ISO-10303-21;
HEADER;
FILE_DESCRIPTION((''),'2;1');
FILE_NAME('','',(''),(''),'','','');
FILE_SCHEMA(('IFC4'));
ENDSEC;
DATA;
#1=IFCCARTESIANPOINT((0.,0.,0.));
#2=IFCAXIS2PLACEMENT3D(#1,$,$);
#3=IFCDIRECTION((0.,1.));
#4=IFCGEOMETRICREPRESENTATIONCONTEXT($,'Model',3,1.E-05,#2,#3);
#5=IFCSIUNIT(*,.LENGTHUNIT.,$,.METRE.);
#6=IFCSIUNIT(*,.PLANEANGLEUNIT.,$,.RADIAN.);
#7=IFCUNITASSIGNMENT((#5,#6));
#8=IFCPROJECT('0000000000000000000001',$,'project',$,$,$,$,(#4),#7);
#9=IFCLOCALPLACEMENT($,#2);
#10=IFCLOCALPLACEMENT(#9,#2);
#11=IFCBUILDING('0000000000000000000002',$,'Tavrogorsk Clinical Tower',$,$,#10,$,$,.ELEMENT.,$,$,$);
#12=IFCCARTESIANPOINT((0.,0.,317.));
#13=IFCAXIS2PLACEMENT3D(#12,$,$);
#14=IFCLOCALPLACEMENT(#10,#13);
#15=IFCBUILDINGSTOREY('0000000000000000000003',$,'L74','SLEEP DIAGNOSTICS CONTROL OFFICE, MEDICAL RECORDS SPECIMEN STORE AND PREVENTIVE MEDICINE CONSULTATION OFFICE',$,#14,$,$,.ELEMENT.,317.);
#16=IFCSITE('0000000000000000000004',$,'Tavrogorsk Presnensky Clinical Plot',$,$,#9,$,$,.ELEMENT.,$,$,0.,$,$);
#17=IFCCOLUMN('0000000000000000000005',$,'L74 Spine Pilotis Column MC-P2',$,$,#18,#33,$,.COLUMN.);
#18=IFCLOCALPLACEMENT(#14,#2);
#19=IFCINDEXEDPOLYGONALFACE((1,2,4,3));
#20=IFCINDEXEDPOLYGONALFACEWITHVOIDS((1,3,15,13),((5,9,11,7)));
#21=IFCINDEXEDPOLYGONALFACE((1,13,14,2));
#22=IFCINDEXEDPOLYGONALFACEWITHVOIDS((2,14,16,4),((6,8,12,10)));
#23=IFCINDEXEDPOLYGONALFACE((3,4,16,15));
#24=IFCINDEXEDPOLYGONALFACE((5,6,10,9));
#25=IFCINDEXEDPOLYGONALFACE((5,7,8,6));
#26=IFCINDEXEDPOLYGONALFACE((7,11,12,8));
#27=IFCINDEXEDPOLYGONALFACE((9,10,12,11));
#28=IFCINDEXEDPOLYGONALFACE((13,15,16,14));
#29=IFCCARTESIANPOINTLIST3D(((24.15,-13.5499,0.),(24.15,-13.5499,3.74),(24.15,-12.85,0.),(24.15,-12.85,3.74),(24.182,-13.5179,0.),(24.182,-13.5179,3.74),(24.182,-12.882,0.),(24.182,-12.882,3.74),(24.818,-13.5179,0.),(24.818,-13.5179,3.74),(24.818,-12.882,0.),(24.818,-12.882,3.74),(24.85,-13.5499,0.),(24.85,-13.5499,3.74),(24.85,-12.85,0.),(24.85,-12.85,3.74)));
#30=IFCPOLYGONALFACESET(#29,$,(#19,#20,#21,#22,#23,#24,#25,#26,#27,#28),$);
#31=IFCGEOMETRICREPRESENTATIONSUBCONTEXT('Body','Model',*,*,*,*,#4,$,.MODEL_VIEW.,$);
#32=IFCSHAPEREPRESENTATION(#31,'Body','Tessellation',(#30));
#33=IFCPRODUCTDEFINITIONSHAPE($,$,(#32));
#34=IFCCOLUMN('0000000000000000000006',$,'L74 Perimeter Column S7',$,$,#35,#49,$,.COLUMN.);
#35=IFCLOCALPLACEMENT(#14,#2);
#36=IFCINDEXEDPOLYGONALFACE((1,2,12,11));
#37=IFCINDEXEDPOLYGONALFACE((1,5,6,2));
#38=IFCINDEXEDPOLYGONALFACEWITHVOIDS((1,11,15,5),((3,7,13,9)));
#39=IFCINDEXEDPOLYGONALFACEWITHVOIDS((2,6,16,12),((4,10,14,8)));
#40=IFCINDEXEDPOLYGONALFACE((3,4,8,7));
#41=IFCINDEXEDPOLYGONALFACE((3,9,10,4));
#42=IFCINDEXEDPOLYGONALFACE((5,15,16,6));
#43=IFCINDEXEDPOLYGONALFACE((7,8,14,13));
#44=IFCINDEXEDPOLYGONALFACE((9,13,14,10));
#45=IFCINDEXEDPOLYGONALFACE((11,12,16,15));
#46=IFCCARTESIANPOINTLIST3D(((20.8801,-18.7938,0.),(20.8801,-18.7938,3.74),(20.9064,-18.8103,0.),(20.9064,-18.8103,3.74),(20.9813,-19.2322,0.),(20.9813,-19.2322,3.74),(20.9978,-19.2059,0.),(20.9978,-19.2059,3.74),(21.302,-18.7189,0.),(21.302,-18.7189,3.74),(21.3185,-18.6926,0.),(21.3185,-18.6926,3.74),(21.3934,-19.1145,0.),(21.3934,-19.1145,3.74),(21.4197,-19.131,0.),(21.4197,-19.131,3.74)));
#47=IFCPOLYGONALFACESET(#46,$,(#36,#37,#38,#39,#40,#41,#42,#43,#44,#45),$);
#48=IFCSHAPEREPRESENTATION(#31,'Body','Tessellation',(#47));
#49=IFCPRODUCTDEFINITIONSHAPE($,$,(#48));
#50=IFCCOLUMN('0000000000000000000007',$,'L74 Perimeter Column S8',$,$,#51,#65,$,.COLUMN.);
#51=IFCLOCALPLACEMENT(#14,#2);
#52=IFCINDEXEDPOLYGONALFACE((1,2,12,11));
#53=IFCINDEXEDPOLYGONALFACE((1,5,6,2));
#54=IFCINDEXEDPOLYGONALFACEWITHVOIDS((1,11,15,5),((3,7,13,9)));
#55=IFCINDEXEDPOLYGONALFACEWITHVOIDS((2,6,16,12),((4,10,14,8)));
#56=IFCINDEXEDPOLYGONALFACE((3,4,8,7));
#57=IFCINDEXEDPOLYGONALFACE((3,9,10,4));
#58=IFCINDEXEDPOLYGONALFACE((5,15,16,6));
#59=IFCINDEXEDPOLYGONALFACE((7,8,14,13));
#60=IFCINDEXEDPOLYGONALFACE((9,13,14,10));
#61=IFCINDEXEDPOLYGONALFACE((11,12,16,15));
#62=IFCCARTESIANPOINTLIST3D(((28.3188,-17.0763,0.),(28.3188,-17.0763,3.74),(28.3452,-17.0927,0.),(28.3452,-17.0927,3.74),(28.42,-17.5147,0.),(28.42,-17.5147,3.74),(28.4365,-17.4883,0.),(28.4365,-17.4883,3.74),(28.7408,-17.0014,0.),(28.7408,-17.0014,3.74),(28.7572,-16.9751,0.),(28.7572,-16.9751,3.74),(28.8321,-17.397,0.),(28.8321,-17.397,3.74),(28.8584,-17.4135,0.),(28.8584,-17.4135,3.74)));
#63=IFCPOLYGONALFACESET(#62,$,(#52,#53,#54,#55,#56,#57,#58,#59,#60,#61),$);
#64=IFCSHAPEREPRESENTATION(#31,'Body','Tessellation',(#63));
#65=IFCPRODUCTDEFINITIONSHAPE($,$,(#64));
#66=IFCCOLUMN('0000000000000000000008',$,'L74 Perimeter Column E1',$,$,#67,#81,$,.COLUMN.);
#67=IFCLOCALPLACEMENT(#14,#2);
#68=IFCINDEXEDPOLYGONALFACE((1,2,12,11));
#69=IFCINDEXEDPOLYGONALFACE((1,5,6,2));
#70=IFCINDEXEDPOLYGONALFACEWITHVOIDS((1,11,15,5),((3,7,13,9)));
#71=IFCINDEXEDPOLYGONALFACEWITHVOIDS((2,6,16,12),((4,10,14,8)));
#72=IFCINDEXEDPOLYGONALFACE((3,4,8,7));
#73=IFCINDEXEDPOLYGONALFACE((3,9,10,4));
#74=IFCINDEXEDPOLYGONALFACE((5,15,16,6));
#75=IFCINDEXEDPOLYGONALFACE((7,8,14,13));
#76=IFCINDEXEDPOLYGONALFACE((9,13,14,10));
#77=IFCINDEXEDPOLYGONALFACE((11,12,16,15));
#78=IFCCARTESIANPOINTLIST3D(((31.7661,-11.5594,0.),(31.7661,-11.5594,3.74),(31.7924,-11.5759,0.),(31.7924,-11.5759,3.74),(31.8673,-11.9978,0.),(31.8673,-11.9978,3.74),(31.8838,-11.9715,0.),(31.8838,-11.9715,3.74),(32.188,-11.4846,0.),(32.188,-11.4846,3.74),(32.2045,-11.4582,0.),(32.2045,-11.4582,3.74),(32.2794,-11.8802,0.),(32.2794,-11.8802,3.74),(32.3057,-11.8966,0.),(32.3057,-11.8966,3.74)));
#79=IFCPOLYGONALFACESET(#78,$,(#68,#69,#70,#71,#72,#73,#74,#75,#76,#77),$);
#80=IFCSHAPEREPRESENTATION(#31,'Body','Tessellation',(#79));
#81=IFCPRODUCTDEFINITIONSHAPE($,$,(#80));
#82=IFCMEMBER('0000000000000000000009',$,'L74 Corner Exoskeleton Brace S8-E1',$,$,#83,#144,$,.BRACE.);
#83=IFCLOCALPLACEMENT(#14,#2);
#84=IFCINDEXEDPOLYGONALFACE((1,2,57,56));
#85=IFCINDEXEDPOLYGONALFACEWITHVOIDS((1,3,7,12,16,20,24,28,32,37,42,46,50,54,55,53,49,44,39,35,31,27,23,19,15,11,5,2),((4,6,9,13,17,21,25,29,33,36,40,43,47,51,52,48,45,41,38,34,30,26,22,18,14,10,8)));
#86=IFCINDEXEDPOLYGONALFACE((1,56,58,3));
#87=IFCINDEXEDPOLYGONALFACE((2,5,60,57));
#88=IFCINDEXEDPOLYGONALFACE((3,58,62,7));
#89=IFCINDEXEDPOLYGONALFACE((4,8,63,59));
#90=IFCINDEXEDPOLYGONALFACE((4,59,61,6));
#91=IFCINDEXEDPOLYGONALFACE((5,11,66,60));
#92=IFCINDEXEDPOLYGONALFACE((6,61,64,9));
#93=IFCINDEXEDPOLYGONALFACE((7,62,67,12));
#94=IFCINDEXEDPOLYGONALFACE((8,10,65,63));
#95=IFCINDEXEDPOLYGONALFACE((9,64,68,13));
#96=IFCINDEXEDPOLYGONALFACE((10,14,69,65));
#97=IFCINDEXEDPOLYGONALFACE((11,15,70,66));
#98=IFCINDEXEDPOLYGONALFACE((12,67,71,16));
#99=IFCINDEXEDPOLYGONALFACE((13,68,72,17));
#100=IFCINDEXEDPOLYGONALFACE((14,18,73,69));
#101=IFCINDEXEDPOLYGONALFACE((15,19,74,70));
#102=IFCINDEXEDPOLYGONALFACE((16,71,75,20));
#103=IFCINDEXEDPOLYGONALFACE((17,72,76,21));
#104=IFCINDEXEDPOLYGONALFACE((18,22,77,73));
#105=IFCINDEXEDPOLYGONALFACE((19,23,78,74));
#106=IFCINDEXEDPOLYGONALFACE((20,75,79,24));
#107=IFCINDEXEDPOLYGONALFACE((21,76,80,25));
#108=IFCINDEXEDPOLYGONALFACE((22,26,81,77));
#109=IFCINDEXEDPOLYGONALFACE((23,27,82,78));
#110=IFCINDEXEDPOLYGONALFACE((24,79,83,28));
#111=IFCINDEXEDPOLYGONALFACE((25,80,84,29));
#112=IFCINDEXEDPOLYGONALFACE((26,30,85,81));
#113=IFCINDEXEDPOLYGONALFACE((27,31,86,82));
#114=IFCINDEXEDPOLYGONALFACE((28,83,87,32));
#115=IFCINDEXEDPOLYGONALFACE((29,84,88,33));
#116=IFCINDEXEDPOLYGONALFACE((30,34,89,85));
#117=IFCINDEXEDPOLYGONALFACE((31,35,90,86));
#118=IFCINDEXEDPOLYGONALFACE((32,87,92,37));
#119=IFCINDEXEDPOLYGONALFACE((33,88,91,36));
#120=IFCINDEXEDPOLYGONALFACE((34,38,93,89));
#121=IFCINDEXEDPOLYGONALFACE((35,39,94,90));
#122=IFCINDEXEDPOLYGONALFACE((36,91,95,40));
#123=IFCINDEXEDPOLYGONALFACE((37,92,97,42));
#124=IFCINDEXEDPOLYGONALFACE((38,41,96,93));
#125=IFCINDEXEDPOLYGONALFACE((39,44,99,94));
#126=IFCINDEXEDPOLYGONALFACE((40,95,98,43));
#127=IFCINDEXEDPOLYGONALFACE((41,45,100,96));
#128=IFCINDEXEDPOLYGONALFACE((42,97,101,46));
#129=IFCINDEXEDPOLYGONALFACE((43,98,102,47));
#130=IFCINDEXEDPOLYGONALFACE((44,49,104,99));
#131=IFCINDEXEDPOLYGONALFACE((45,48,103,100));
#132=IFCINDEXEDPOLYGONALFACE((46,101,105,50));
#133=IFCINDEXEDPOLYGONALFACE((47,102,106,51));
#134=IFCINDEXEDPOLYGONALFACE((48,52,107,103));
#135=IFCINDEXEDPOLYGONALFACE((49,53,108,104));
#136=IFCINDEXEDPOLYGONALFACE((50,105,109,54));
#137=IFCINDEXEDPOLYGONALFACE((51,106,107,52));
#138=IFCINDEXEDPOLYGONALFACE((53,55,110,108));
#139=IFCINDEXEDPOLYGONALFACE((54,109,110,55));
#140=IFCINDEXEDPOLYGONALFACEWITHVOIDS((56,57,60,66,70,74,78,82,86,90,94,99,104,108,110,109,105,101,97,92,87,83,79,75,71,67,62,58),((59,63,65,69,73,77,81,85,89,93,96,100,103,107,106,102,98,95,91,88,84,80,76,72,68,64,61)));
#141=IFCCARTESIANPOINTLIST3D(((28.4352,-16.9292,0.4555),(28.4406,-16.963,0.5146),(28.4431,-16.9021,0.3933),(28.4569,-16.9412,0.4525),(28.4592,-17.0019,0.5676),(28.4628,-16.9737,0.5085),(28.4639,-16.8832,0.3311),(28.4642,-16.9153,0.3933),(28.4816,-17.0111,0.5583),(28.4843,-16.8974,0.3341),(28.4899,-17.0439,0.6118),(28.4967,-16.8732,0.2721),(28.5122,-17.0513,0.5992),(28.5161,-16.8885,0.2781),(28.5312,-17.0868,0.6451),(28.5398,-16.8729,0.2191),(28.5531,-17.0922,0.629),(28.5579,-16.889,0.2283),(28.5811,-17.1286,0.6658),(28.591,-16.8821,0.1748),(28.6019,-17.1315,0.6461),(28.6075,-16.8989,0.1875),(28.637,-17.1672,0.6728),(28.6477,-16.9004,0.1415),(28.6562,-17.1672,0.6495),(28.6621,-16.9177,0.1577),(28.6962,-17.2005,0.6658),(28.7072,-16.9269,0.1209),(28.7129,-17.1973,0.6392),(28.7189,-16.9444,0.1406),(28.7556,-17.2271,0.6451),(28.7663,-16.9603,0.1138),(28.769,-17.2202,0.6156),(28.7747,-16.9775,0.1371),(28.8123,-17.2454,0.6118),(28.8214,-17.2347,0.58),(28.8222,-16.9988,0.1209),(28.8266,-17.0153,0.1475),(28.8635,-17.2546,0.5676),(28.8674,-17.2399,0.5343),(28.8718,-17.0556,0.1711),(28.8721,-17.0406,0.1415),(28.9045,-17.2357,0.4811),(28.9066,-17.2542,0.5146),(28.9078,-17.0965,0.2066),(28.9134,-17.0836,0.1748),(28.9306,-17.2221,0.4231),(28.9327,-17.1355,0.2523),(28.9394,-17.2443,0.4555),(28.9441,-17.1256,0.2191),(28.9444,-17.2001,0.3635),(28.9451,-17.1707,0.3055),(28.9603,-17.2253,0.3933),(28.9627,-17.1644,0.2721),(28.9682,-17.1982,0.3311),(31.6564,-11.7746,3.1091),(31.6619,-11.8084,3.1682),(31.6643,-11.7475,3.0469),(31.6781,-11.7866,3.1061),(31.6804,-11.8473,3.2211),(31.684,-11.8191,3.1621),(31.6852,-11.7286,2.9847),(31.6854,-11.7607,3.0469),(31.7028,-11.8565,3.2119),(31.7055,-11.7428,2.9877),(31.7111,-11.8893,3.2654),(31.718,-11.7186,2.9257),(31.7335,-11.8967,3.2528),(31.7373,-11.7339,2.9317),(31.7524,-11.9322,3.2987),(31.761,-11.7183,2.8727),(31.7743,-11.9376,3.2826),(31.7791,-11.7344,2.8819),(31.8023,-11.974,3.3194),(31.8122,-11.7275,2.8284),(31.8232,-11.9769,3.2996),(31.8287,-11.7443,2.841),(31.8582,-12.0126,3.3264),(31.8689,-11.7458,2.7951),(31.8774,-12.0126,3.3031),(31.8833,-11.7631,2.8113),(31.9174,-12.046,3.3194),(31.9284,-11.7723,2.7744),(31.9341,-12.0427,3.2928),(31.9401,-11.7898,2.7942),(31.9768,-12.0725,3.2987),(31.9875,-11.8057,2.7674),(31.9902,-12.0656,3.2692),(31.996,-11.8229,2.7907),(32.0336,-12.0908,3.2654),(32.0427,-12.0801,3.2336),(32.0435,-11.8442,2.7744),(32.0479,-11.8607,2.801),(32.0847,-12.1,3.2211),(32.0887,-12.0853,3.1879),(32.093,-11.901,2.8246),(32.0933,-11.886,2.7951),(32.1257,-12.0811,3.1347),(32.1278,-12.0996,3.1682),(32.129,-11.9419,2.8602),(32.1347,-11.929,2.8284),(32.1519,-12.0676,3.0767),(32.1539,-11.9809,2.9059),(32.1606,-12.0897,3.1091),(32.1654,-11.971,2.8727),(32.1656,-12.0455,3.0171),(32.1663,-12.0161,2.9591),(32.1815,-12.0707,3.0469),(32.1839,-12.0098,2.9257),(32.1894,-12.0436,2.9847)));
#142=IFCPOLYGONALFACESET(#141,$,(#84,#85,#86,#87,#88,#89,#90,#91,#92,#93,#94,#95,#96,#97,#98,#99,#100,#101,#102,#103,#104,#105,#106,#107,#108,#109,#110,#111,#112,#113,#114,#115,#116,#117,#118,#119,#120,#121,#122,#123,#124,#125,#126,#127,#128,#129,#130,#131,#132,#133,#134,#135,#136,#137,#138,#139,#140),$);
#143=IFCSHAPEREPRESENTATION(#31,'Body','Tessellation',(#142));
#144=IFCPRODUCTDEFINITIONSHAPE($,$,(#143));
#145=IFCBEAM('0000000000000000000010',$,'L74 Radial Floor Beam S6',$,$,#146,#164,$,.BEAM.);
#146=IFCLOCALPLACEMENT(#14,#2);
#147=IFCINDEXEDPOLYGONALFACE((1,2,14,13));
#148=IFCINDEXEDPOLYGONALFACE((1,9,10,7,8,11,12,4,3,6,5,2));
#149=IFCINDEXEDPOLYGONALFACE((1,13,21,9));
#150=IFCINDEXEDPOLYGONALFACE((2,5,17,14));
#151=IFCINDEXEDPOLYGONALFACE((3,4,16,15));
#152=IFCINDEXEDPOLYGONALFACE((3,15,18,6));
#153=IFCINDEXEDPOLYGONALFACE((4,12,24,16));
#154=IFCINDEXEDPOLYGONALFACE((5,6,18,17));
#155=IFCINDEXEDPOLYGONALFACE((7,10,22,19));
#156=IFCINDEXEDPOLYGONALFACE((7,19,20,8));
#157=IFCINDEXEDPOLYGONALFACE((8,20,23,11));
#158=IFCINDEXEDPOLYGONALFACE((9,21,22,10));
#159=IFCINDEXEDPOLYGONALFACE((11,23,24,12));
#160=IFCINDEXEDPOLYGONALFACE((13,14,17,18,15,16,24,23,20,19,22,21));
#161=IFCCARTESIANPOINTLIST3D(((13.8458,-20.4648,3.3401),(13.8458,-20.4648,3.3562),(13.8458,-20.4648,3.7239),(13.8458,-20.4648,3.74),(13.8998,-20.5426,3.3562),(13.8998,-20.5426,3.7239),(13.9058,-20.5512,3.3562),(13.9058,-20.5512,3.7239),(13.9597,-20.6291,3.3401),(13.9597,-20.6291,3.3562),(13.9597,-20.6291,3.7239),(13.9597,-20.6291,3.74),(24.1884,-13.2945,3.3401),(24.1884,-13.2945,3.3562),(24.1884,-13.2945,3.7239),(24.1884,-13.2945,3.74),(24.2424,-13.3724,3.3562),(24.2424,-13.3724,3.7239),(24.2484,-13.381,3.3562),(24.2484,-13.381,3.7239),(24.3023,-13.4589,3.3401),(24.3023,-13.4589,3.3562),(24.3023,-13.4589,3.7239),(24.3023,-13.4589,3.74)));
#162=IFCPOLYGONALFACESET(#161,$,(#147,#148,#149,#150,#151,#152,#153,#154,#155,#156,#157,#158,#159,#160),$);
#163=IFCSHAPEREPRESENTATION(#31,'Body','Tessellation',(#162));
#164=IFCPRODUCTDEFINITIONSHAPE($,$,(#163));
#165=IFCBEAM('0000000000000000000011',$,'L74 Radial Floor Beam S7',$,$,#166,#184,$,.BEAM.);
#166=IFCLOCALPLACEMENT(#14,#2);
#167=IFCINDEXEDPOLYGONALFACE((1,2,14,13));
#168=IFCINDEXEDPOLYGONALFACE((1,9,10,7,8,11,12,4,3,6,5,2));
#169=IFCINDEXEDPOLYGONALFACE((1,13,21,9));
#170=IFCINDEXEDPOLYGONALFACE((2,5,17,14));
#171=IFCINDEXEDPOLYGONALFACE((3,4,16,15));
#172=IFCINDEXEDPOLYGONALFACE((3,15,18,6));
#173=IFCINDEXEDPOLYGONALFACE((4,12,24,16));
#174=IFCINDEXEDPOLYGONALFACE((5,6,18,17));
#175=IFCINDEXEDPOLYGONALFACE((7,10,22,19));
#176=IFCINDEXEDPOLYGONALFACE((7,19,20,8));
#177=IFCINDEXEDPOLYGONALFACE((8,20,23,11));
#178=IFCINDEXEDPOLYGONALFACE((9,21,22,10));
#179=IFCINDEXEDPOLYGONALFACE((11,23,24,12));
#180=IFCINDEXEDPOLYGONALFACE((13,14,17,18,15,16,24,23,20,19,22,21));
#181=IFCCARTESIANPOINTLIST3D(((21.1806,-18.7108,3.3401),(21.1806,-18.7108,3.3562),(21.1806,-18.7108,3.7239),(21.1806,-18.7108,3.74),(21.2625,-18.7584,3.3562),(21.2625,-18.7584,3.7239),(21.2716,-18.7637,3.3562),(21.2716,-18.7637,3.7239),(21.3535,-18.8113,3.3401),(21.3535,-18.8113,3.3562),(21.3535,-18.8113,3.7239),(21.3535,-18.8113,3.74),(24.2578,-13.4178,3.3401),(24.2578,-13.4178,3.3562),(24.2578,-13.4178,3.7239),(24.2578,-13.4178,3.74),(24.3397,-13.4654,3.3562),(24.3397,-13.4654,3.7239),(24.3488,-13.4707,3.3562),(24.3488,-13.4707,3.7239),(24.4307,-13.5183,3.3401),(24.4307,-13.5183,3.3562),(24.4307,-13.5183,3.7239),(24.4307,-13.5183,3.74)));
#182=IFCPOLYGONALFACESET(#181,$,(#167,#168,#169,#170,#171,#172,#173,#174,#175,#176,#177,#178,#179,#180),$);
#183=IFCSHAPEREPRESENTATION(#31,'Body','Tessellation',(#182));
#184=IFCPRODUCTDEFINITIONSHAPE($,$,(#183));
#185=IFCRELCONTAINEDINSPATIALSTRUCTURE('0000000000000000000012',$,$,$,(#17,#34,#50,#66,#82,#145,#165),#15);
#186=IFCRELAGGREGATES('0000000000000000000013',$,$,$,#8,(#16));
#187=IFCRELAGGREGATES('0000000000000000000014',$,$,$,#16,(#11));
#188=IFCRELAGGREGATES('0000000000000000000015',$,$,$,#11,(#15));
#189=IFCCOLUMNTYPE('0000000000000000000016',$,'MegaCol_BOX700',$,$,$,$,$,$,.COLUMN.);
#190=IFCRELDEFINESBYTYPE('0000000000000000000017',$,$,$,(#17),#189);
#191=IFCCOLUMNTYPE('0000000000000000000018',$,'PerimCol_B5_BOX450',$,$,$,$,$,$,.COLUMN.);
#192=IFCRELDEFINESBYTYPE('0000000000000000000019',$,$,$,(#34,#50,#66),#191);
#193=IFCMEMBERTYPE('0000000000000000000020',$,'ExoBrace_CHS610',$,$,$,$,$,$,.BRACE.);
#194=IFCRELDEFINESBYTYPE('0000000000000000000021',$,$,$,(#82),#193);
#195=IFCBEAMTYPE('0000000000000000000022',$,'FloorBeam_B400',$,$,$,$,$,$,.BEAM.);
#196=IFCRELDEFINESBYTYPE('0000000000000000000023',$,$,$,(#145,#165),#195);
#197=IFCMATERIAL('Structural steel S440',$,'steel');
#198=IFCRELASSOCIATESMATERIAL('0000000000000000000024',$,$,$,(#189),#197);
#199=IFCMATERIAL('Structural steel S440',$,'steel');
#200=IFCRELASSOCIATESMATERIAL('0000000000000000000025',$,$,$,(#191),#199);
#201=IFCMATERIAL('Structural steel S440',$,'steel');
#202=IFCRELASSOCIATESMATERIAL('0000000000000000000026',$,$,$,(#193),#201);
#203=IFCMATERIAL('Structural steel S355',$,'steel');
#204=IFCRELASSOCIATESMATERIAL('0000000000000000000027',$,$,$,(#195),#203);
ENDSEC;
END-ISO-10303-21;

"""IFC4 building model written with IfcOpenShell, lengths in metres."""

from ifc_helpers import new_model, si_unit, direction, frame, origin, origin_2d, place, context, subcontext, project, spatial, hollow_rectangle, hollow_circle, i_section, extrude, material, material_profile, profile_set, type_object, element, save


model = new_model("IFC4")

# Units and contexts
model_context = context("Model", 3, precision=1e-05, world=origin(), true_north=direction((0.0, 1.0)))
body_context = subcontext(model_context, "Body", "Model", "MODEL_VIEW")
ifc_project = project(units=[si_unit("LENGTHUNIT", "METRE"), si_unit("PLANEANGLEUNIT", "RADIAN")], contexts=[model_context])

# Site, building, storey
site_placement = place(None, origin())
site = spatial("IfcSite", under=ifc_project, at=site_placement, Name="Tavrogorsk Presnensky Clinical Plot", CompositionType="ELEMENT", RefElevation=0.0)
building_placement = place(site_placement, origin())
building = spatial("IfcBuilding", under=site, at=building_placement, Name="Tavrogorsk Clinical Tower", CompositionType="ELEMENT")
storey_placement = place(building_placement, frame((0.0, 0.0, 317.0)))
storey = spatial("IfcBuildingStorey", under=building, at=storey_placement, Name="L74", Description="SLEEP DIAGNOSTICS CONTROL OFFICE, MEDICAL RECORDS SPECIMEN STORE AND PREVENTIVE MEDICINE CONSULTATION OFFICE", CompositionType="ELEMENT", Elevation=317.0)

# Columns
ifc_material_1 = material(Name="Structural steel S440", Category="steel")
ifc_material_profile_1 = material_profile(ifc_material_1, hollow_rectangle(XDim=0.7, YDim=0.7, WallThickness=0.032, at=origin_2d()), Name="BOX-700x700x32")
ifc_profile_set_1 = profile_set([ifc_material_profile_1], Name="Structural steel S440")
column_type_1 = type_object("IfcColumnType", Name="MegaCol_BOX700", PredefinedType="COLUMN", material=ifc_profile_set_1)
column_placement = place(storey_placement, frame((24.5, -13.2, 0.0), z_axis=(0.0, 0.0, 1.0), x_axis=(1.0, 0.0, 0.0)))
element("IfcColumn", 1, at=column_placement, inside=storey, type_object=column_type_1, Name="L74 Spine Pilotis Column MC-P2", PredefinedType="COLUMN", context=body_context, shape_type="SweptSolid", body=[
    extrude(hollow_rectangle(XDim=0.7, YDim=0.7, WallThickness=0.032, at=origin_2d()), origin(), (0.0, 0.0, 1.0), 3.74),
])
ifc_material_2 = material(Name="Structural steel S440", Category="steel")
ifc_material_profile_2 = material_profile(ifc_material_2, hollow_rectangle(XDim=0.45, YDim=0.45, WallThickness=0.022, at=origin_2d()), Name="BOX-450x450x22")
ifc_profile_set_2 = profile_set([ifc_material_profile_2], Name="Structural steel S440")
column_type_2 = type_object("IfcColumnType", Name="PerimCol_B5_BOX450", PredefinedType="COLUMN", material=ifc_profile_set_2)
for number, where, z_axis, x_axis, name in (
    (2, (21.1499, -18.9624, 0.0), (0.0, 0.0, 1.0), (0.97437, 0.224951, 0.0), "L74 Perimeter Column S7"),
    (3, (28.5886, -17.2449, 0.0), (0.0, 0.0, 1.0), (0.97437, 0.224951, 0.0), "L74 Perimeter Column S8"),
    (4, (32.0359, -11.728, 0.0), (0.0, 0.0, 1.0), (0.97437, 0.224951, 0.0), "L74 Perimeter Column E1"),
):
    element("IfcColumn", number, at=place(storey_placement, frame(where, z_axis=z_axis, x_axis=x_axis)), inside=storey, type_object=column_type_2, Name=name, PredefinedType="COLUMN", context=body_context, shape_type="SweptSolid", body=[
        extrude(hollow_rectangle(XDim=0.45, YDim=0.45, WallThickness=0.022, at=origin_2d()), origin(), (0.0, 0.0, 1.0), 3.74),
    ])

# Member
ifc_material_3 = material(Name="Structural steel S440", Category="steel")
ifc_material_profile_3 = material_profile(ifc_material_3, hollow_circle(Radius=0.3049, WallThickness=0.0249, at=origin_2d()), Name="CHS-610x25")
ifc_profile_set_3 = profile_set([ifc_material_profile_3], Name="Structural steel S440")
member_type = type_object("IfcMemberType", Name="ExoBrace_CHS610", PredefinedType="BRACE", material=ifc_profile_set_3)
member_placement = place(storey_placement, frame((28.7017, -17.0637, 0.3933), z_axis=(0.485686, 0.777193, 0.4001), x_axis=(-0.848028, 0.529952, 0.0)))
element("IfcMember", 5, at=member_placement, inside=storey, type_object=member_type, Name="L74 Corner Exoskeleton Brace S8-E1", PredefinedType="BRACE", context=body_context, shape_type="SweptSolid", body=[
    extrude(hollow_circle(Radius=0.3049, WallThickness=0.0249, at=origin_2d()), origin(), (0.0, 0.0, 1.0), 6.6323),
])

# Beams
ifc_material_4 = material(Name="Structural steel S355", Category="steel")
ifc_material_profile_4 = material_profile(ifc_material_4, i_section(OverallWidth=0.2, OverallDepth=0.3999, WebThickness=0.0105, FlangeThickness=0.0161, at=origin_2d()), Name="B-400x200x10.5x16")
ifc_profile_set_4 = profile_set([ifc_material_profile_4], Name="Structural steel S355")
beam_type_1 = type_object("IfcBeamType", Name="FloorBeam_B400", PredefinedType="BEAM", material=ifc_profile_set_4)
beam_1_placement = place(storey_placement, frame((24.2454, -13.3767, 3.54), z_axis=(-0.821822, -0.569745, 0.0), x_axis=(0.569745, -0.821822, 0.0)))
element("IfcBeam", 6, at=beam_1_placement, inside=storey, type_object=beam_type_1, Name="L74 Radial Floor Beam S6", PredefinedType="BEAM", context=body_context, shape_type="SweptSolid", body=[
    extrude(i_section(OverallWidth=0.2, OverallDepth=0.3999, WebThickness=0.0105, FlangeThickness=0.0161, at=origin_2d()), origin(), (0.0, 0.0, 1.0), 12.585),
])
beam_2_placement = place(storey_placement, frame((24.3442, -13.468, 3.54), z_axis=(-0.502601, -0.864518, 0.0), x_axis=(0.864518, -0.502601, 0.0)))
element("IfcBeam", 7, at=beam_2_placement, inside=storey, type_object=beam_type_1, Name="L74 Radial Floor Beam S7", PredefinedType="BEAM", context=body_context, shape_type="SweptSolid", body=[
    extrude(i_section(OverallWidth=0.2, OverallDepth=0.3999, WebThickness=0.0105, FlangeThickness=0.0161, at=origin_2d()), origin(), (0.0, 0.0, 1.0), 6.1226),
])

save(model, "model.ifc")
